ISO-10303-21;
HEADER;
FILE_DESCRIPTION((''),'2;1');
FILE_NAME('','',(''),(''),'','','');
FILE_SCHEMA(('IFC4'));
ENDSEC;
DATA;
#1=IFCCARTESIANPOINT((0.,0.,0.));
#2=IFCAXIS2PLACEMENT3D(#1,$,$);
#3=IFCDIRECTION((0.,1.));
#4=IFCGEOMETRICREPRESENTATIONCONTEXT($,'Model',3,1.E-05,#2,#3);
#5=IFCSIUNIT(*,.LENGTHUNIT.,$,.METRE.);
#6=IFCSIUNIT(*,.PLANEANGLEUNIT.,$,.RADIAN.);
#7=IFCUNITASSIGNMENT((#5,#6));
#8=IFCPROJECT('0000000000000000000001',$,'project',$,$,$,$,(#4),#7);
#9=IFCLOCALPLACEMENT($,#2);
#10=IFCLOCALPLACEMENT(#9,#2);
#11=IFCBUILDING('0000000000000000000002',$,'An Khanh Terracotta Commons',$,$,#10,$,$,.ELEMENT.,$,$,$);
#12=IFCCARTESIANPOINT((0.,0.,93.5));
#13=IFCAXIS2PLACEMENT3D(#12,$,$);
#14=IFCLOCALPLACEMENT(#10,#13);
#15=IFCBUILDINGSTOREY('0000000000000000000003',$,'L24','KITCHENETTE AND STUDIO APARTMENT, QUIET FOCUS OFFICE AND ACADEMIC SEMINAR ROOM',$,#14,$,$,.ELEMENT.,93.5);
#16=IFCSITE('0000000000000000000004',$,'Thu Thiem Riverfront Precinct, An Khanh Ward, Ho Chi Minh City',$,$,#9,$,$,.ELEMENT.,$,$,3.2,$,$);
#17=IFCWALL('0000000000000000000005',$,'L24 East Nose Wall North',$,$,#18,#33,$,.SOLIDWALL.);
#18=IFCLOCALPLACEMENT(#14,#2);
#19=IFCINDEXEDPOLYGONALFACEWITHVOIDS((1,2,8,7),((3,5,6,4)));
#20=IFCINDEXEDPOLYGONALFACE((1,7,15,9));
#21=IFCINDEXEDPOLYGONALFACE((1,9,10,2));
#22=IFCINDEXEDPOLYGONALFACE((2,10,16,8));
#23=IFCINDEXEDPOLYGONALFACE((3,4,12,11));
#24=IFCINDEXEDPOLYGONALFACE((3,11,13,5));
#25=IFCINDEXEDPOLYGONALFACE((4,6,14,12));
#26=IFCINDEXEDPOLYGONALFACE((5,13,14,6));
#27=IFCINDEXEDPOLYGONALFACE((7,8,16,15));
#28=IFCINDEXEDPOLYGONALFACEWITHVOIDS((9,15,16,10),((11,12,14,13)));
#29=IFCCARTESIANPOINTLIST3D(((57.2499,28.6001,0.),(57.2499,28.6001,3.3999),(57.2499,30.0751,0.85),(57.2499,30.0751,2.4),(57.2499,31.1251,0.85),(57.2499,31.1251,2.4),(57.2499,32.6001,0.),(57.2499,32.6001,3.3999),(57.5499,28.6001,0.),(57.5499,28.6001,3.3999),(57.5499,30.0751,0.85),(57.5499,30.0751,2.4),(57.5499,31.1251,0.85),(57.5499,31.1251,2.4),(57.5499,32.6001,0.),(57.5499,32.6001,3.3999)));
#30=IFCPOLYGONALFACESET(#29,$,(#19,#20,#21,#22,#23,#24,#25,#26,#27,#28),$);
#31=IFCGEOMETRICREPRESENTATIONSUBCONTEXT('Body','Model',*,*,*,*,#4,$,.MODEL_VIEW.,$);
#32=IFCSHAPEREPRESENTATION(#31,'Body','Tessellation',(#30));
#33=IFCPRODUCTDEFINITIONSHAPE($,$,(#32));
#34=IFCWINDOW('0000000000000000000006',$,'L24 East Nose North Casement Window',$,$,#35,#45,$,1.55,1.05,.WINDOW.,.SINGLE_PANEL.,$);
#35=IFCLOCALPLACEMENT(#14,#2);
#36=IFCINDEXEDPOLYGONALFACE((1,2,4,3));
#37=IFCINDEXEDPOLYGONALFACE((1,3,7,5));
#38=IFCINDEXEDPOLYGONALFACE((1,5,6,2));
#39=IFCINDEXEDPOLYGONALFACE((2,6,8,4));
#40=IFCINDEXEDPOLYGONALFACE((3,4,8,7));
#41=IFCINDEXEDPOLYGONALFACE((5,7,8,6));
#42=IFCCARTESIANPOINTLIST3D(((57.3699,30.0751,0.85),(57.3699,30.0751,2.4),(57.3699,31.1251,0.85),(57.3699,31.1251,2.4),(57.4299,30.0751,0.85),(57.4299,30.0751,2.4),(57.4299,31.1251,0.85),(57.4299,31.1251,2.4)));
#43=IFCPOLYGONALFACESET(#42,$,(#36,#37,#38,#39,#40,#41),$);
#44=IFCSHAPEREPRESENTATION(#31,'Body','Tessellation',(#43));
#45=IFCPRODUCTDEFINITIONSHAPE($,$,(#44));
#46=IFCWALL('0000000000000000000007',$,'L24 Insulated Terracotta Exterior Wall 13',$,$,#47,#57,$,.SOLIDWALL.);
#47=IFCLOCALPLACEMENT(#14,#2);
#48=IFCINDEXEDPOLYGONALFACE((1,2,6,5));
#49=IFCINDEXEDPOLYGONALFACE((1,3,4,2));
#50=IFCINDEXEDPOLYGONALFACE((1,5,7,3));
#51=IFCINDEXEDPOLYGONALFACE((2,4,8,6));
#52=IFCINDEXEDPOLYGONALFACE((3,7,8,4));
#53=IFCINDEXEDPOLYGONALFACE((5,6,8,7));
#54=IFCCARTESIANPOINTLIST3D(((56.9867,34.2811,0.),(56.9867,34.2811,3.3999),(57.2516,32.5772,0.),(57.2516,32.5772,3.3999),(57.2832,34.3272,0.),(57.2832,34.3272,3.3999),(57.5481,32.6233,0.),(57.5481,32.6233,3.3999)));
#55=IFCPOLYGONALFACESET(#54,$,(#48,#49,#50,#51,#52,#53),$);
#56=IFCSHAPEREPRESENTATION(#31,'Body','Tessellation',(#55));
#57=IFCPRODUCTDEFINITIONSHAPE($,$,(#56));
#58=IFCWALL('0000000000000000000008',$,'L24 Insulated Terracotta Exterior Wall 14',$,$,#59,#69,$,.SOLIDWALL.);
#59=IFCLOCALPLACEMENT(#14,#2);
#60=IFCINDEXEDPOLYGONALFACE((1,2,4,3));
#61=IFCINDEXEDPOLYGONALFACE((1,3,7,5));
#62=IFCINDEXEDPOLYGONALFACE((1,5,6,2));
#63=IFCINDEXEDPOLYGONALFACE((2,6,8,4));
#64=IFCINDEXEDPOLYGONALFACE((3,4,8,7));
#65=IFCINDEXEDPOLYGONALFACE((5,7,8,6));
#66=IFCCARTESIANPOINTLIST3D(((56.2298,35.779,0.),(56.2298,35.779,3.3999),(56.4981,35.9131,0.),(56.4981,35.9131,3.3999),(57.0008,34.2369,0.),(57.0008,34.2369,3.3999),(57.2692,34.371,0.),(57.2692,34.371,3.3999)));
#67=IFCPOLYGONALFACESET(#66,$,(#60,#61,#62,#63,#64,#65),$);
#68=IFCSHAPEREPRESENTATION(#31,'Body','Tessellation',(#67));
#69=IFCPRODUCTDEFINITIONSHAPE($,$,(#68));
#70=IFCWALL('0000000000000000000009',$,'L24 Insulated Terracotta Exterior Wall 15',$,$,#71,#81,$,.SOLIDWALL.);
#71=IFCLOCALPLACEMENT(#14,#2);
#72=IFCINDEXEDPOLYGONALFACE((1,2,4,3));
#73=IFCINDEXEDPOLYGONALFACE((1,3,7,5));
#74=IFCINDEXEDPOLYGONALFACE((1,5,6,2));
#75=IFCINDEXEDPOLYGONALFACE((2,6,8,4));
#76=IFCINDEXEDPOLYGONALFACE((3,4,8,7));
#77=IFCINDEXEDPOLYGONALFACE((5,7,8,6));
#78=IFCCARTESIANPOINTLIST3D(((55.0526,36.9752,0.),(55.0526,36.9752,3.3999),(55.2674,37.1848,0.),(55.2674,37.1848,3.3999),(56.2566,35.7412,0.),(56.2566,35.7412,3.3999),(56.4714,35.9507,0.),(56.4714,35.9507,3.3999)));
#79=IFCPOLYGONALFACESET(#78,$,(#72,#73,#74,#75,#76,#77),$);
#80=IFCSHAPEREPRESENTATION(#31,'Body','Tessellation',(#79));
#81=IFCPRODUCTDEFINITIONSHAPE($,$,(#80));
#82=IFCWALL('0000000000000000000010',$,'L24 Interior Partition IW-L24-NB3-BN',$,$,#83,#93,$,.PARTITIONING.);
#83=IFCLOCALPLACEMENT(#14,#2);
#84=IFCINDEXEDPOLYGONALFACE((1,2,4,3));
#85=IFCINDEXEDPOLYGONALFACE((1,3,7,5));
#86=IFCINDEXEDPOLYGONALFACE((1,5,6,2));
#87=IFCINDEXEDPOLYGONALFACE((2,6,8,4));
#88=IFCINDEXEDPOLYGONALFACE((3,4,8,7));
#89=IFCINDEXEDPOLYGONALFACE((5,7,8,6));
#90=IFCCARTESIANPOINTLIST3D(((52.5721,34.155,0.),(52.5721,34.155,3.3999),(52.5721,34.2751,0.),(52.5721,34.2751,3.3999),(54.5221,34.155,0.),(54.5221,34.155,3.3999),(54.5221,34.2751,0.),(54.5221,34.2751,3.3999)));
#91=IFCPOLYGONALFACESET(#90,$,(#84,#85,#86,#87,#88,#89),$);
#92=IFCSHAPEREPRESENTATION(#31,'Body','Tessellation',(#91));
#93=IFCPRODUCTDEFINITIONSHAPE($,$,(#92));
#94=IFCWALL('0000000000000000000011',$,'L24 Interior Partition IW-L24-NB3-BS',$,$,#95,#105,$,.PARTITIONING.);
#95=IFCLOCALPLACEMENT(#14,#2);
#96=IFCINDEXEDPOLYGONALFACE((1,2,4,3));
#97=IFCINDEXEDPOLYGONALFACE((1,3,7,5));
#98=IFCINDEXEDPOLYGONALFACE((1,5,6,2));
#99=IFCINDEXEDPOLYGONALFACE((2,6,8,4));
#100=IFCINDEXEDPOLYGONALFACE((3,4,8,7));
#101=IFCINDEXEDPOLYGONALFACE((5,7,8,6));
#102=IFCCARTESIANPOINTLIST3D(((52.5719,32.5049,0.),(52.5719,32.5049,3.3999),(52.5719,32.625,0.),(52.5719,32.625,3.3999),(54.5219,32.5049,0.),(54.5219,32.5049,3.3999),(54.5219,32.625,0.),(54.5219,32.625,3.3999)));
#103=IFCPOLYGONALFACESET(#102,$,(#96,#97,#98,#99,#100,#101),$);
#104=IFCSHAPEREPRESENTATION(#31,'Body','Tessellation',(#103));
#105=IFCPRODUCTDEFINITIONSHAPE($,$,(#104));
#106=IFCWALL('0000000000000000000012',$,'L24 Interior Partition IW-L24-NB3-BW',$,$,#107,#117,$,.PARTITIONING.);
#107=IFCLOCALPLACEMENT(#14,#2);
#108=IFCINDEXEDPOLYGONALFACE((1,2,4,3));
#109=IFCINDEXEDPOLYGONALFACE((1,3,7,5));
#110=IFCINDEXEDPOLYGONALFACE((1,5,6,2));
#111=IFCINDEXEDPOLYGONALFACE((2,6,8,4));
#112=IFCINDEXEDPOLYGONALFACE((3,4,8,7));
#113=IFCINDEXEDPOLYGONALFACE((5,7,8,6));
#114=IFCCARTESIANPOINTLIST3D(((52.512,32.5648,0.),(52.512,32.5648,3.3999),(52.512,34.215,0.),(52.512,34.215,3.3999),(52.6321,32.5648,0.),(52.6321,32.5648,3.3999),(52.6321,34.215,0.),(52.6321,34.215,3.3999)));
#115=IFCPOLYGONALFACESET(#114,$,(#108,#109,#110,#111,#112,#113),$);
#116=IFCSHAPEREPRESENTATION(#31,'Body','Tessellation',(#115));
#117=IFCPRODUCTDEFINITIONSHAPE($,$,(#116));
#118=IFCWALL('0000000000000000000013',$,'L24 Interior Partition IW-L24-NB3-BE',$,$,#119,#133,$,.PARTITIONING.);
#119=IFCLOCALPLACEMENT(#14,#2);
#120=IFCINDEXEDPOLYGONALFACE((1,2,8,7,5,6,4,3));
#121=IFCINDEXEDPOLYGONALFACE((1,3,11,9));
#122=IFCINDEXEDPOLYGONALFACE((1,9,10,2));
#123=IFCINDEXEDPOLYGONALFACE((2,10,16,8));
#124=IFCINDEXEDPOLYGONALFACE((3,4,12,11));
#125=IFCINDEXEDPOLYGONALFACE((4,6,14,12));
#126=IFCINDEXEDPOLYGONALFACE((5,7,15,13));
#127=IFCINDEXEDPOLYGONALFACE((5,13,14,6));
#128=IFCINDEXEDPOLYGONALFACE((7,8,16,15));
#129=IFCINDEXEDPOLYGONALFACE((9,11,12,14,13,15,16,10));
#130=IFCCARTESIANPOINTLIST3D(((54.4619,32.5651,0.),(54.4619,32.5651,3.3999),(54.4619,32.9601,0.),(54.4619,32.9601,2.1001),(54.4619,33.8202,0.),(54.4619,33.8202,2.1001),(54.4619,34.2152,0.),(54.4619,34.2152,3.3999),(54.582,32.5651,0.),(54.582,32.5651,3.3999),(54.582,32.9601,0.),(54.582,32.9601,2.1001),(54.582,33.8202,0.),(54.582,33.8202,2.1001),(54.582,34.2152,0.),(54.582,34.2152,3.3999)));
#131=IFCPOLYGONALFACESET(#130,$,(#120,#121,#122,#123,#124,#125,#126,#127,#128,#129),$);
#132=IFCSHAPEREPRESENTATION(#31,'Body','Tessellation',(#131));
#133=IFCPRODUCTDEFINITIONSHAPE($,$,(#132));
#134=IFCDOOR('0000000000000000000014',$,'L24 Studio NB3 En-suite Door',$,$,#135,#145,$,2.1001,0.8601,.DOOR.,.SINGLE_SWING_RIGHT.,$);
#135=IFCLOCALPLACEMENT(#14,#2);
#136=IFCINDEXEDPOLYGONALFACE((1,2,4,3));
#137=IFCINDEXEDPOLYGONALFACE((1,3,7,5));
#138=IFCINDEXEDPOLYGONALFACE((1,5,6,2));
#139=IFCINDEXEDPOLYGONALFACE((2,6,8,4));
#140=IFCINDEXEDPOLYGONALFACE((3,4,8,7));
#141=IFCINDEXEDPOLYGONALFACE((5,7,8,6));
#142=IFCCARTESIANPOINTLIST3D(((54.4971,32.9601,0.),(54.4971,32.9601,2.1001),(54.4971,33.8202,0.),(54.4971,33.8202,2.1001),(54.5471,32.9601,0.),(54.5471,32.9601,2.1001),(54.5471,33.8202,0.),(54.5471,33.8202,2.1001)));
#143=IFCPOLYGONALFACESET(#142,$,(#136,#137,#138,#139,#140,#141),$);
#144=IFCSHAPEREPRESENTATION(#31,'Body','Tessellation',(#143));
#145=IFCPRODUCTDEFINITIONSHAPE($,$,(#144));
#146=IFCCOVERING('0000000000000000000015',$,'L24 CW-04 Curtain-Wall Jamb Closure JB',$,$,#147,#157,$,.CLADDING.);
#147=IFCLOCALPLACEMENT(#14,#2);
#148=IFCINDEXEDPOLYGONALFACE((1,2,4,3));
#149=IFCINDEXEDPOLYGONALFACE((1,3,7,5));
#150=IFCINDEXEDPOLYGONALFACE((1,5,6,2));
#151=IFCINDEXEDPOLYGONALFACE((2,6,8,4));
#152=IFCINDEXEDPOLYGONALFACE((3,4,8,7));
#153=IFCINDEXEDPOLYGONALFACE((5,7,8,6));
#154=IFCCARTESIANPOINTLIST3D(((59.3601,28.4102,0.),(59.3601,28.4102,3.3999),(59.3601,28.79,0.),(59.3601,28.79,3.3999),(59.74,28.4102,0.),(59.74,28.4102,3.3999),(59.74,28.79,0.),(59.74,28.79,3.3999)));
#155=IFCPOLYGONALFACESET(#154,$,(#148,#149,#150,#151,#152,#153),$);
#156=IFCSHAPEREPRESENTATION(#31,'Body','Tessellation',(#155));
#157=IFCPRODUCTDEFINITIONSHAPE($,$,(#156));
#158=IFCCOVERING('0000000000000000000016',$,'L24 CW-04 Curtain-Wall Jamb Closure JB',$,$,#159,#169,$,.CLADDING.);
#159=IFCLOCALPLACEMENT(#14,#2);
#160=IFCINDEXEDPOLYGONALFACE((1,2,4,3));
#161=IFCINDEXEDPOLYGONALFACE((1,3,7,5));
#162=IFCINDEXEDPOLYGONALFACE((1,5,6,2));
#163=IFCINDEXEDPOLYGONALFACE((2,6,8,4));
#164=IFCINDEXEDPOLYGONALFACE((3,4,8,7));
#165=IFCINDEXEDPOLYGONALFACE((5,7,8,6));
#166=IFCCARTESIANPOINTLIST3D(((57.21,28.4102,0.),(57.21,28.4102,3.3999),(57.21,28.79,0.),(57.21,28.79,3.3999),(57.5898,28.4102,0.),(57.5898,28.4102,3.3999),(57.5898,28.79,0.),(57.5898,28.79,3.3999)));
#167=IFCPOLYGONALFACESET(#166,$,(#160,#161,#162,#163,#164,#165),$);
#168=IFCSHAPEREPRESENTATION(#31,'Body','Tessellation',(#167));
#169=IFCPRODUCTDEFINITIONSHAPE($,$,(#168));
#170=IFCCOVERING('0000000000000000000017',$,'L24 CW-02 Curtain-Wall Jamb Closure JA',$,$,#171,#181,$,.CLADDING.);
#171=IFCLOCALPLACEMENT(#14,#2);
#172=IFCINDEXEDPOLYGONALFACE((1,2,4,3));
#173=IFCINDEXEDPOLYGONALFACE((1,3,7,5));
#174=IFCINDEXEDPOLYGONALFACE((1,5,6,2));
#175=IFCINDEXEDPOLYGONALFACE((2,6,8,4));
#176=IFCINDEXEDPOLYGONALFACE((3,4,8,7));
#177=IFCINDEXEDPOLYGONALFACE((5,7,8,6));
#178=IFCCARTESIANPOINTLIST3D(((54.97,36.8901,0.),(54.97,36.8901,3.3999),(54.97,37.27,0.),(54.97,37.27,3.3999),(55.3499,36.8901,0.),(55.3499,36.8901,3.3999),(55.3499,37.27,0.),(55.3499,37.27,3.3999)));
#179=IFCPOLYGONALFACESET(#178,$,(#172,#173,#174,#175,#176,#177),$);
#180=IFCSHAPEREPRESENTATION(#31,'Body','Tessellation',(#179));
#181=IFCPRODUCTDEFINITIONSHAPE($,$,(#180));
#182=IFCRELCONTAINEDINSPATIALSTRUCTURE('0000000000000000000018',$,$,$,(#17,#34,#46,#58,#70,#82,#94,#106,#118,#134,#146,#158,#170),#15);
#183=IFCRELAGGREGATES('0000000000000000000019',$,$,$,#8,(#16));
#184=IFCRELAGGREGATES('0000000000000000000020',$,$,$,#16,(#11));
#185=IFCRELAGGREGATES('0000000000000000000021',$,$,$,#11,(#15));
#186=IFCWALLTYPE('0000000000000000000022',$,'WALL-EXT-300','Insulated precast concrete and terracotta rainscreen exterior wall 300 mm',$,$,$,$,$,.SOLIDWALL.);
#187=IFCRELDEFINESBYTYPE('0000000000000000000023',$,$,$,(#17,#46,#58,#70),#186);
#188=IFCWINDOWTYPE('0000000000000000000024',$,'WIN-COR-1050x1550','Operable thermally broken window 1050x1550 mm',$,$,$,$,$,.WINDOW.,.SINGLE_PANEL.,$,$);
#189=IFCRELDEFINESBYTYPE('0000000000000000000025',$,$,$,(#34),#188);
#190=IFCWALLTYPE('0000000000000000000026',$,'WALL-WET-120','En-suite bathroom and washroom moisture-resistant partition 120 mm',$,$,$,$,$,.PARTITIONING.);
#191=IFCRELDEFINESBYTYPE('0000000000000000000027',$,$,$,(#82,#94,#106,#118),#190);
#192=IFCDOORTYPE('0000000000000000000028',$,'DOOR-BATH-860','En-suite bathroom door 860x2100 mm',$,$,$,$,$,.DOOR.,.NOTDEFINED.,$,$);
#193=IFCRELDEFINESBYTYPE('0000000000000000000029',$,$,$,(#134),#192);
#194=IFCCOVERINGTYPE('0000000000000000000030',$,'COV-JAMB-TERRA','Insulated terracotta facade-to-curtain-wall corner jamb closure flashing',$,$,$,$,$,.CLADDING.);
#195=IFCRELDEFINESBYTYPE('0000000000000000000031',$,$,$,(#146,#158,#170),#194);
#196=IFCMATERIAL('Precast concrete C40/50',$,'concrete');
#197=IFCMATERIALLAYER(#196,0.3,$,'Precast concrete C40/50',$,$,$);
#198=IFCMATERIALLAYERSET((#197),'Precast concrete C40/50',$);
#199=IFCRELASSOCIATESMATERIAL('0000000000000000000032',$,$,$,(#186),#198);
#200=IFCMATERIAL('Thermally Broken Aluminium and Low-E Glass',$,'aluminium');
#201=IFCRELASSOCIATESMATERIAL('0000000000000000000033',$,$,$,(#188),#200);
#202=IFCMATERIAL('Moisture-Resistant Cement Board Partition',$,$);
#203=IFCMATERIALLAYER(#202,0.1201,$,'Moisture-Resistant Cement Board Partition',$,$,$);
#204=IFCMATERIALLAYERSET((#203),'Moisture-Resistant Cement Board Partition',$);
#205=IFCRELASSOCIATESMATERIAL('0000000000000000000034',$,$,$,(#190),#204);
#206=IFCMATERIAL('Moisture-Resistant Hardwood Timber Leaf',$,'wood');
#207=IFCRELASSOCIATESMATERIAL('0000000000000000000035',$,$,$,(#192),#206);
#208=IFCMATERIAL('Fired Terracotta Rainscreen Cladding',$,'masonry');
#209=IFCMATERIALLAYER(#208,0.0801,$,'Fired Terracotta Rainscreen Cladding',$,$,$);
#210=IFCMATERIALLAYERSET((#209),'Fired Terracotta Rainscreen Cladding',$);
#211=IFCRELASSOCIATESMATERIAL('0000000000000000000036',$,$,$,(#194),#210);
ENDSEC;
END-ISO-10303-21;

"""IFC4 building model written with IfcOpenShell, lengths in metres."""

from ifc_helpers import new_model, si_unit, direction, frame, frame_2d, origin, origin_2d, place, context, subcontext, project, spatial, rectangle, extrude, material, layer, layer_set, type_object, element, fill, save


model = new_model("IFC4")

# Units and contexts
model_context = context("Model", 3, precision=1e-05, world=origin(), true_north=direction((0.0, 1.0)))
body_context = subcontext(model_context, "Body", "Model", "MODEL_VIEW")
ifc_project = project(units=[si_unit("LENGTHUNIT", "METRE"), si_unit("PLANEANGLEUNIT", "RADIAN")], contexts=[model_context])

# Site, building, storey
site_placement = place(None, origin())
site = spatial("IfcSite", under=ifc_project, at=site_placement, Name="Thu Thiem Riverfront Precinct, An Khanh Ward, Ho Chi Minh City", CompositionType="ELEMENT", RefElevation=3.2)
building_placement = place(site_placement, origin())
building = spatial("IfcBuilding", under=site, at=building_placement, Name="An Khanh Terracotta Commons", CompositionType="ELEMENT")
storey_placement = place(building_placement, frame((0.0, 0.0, 93.5)))
storey = spatial("IfcBuildingStorey", under=building, at=storey_placement, Name="L24", Description="KITCHENETTE AND STUDIO APARTMENT, QUIET FOCUS OFFICE AND ACADEMIC SEMINAR ROOM", CompositionType="ELEMENT", Elevation=93.5)

# Wall, opening, window
ifc_material_1 = material(Name="Precast concrete C40/50", Category="concrete")
ifc_layer_1 = layer(ifc_material_1, 0.3, Name="Precast concrete C40/50")
ifc_layer_set_1 = layer_set([ifc_layer_1], Name="Precast concrete C40/50")
wall_type_1 = type_object("IfcWallType", Name="WALL-EXT-300", Description="Insulated precast concrete and terracotta rainscreen exterior wall 300 mm", PredefinedType="SOLIDWALL", material=ifc_layer_set_1)
wall_1_placement = place(storey_placement, frame((57.3999, 28.6001, 0.0), z_axis=(0.0, 0.0, 1.0), x_axis=(0.0, 1.0, 0.0)))
wall_1 = element("IfcWall", 1, at=wall_1_placement, inside=storey, type_object=wall_type_1, Name="L24 East Nose Wall North", PredefinedType="SOLIDWALL", context=body_context, shape_type="SweptSolid", body=[
    extrude(rectangle(XDim=4.0, YDim=0.3, at=frame_2d((2.0, 0.0))), origin(), (0.0, 0.0, 1.0), 3.3999),
])
opening_1_placement = place(wall_1_placement, frame((1.4751, 0.0, 0.8501)))
opening_1 = element("IfcOpeningElement", 2, at=opening_1_placement, cuts=wall_1, PredefinedType="OPENING", context=body_context, shape_type="SweptSolid", body=[
    extrude(rectangle(XDim=1.05, YDim=1.55, at=frame_2d((0.5249, 0.7749))), frame((0.0, 0.1599, 0.0), z_axis=(0.0, -1.0, 0.0), x_axis=(1.0, 0.0, 0.0)), (0.0, 0.0, 1.0), 0.3201),
])
ifc_material_2 = material(Name="Thermally Broken Aluminium and Low-E Glass", Category="aluminium")
window_type = type_object("IfcWindowType", Name="WIN-COR-1050x1550", Description="Operable thermally broken window 1050x1550 mm", PartitioningType="SINGLE_PANEL", PredefinedType="WINDOW", material=ifc_material_2)
window_placement = place(opening_1_placement, origin())
window = element("IfcWindow", 3, at=window_placement, inside=storey, type_object=window_type, Name="L24 East Nose North Casement Window", OverallHeight=1.55, OverallWidth=1.05, PartitioningType="SINGLE_PANEL", PredefinedType="WINDOW", context=body_context, shape_type="SweptSolid", body=[
    extrude(rectangle(XDim=1.05, YDim=1.55, at=frame_2d((0.5249, 0.7749))), frame((0.0, 0.03, 0.0), z_axis=(0.0, -1.0, 0.0), x_axis=(1.0, 0.0, 0.0)), (0.0, 0.0, 1.0), 0.0601),
])
fill(opening_1, window)

# Walls
wall_2_placement = place(storey_placement, frame((57.3999, 32.6001, 0.0), z_axis=(0.0, 0.0, 1.0), x_axis=(-0.153621, 0.98813, 0.0)))
element("IfcWall", 4, at=wall_2_placement, inside=storey, type_object=wall_type_1, Name="L24 Insulated Terracotta Exterior Wall 13", PredefinedType="SOLIDWALL", context=body_context, shape_type="SweptSolid", body=[
    extrude(rectangle(XDim=1.7244, YDim=0.3, at=frame_2d((0.8623, 0.0))), origin(), (0.0, 0.0, 1.0), 3.3999),
])
for number, where, z_axis, x_axis, name in (
    (5, (57.135, 34.304, 0.0), (0.0, 0.0, 1.0), (-0.447214, 0.894427, 0.0), "L24 Insulated Terracotta Exterior Wall 14"),
    (6, (56.364, 35.8459, 0.0), (0.0, 0.0, 1.0), (-0.698345, 0.715761, 0.0), "L24 Insulated Terracotta Exterior Wall 15"),
):
    element("IfcWall", number, at=place(storey_placement, frame(where, z_axis=z_axis, x_axis=x_axis)), inside=storey, type_object=wall_type_1, Name=name, PredefinedType="SOLIDWALL", context=body_context, shape_type="SweptSolid", body=[
        extrude(rectangle(XDim=1.7241, YDim=0.3, at=frame_2d((0.8621, 0.0))), origin(), (0.0, 0.0, 1.0), 3.3999),
    ])
ifc_material_3 = material(Name="Moisture-Resistant Cement Board Partition")
ifc_layer_2 = layer(ifc_material_3, 0.1201, Name="Moisture-Resistant Cement Board Partition")
ifc_layer_set_2 = layer_set([ifc_layer_2], Name="Moisture-Resistant Cement Board Partition")
wall_type_2 = type_object("IfcWallType", Name="WALL-WET-120", Description="En-suite bathroom and washroom moisture-resistant partition 120 mm", PredefinedType="PARTITIONING", material=ifc_layer_set_2)
for number, where, z_axis, x_axis, name in (
    (7, (52.572, 34.2151, 0.0), (0.0, 0.0, 1.0), (1.0, 0.0, 0.0), "L24 Interior Partition IW-L24-NB3-BN"),
    (8, (54.522, 32.5649, 0.0), (0.0, 0.0, 1.0), (-1.0, 0.0, 0.0), "L24 Interior Partition IW-L24-NB3-BS"),
):
    element("IfcWall", number, at=place(storey_placement, frame(where, z_axis=z_axis, x_axis=x_axis)), inside=storey, type_object=wall_type_2, Name=name, PredefinedType="PARTITIONING", context=body_context, shape_type="SweptSolid", body=[
        extrude(rectangle(XDim=1.95, YDim=0.1201, at=frame_2d((0.9751, 0.0))), origin(), (0.0, 0.0, 1.0), 3.3999),
    ])
wall_3_placement = place(storey_placement, frame((52.572, 34.2151, 0.0), z_axis=(0.0, 0.0, 1.0), x_axis=(0.0, -1.0, 0.0)))
element("IfcWall", 9, at=wall_3_placement, inside=storey, type_object=wall_type_2, Name="L24 Interior Partition IW-L24-NB3-BW", PredefinedType="PARTITIONING", context=body_context, shape_type="SweptSolid", body=[
    extrude(rectangle(XDim=1.6501, YDim=0.1201, at=frame_2d((0.8252, 0.0))), origin(), (0.0, 0.0, 1.0), 3.3999),
])

# Wall, opening, door
wall_4_placement = place(storey_placement, frame((54.522, 32.5649, 0.0), z_axis=(0.0, 0.0, 1.0), x_axis=(0.0, 1.0, 0.0)))
wall_4 = element("IfcWall", 10, at=wall_4_placement, inside=storey, type_object=wall_type_2, Name="L24 Interior Partition IW-L24-NB3-BE", PredefinedType="PARTITIONING", context=body_context, shape_type="SweptSolid", body=[
    extrude(rectangle(XDim=1.6501, YDim=0.1201, at=frame_2d((0.8252, 0.0))), origin(), (0.0, 0.0, 1.0), 3.3999),
])
opening_2_placement = place(wall_4_placement, frame((0.395, 0.0, 0.0)))
opening_2 = element("IfcOpeningElement", 11, at=opening_2_placement, cuts=wall_4, PredefinedType="OPENING", context=body_context, shape_type="SweptSolid", body=[
    extrude(rectangle(XDim=0.8601, YDim=2.1001, at=frame_2d((0.4302, 1.05))), frame((0.0, 0.0701, 0.0), z_axis=(0.0, -1.0, 0.0), x_axis=(1.0, 0.0, 0.0)), (0.0, 0.0, 1.0), 0.1401),
])
ifc_material_4 = material(Name="Moisture-Resistant Hardwood Timber Leaf", Category="wood")
door_type = type_object("IfcDoorType", Name="DOOR-BATH-860", Description="En-suite bathroom door 860x2100 mm", OperationType="NOTDEFINED", PredefinedType="DOOR", material=ifc_material_4)
door_placement = place(opening_2_placement, origin())
door = element("IfcDoor", 12, at=door_placement, inside=storey, type_object=door_type, Name="L24 Studio NB3 En-suite Door", OperationType="SINGLE_SWING_RIGHT", OverallHeight=2.1001, OverallWidth=0.8601, PredefinedType="DOOR", context=body_context, shape_type="SweptSolid", body=[
    extrude(rectangle(XDim=0.8601, YDim=2.1001, at=frame_2d((0.4302, 1.05))), frame((0.0, 0.0249, 0.0), z_axis=(0.0, -1.0, 0.0), x_axis=(1.0, 0.0, 0.0)), (0.0, 0.0, 1.0), 0.05),
])
fill(opening_2, door)

# Coverings
ifc_material_5 = material(Name="Fired Terracotta Rainscreen Cladding", Category="masonry")
ifc_layer_3 = layer(ifc_material_5, 0.0801, Name="Fired Terracotta Rainscreen Cladding")
ifc_layer_set_3 = layer_set([ifc_layer_3], Name="Fired Terracotta Rainscreen Cladding")
covering_type = type_object("IfcCoveringType", Name="COV-JAMB-TERRA", Description="Insulated terracotta facade-to-curtain-wall corner jamb closure flashing", PredefinedType="CLADDING", material=ifc_layer_set_3)
for number, where, z_axis, x_axis, name in (
    (13, (59.55, 28.6001, 0.0), (0.0, 0.0, 1.0), (1.0, 0.0, 0.0), "L24 CW-04 Curtain-Wall Jamb Closure JB"),
    (14, (57.3999, 28.6001, 0.0), (0.0, 0.0, 1.0), (1.0, 0.0, 0.0), "L24 CW-04 Curtain-Wall Jamb Closure JB"),
    (15, (55.1599, 37.0801, 0.0), (0.0, 0.0, 1.0), (1.0, 0.0, 0.0), "L24 CW-02 Curtain-Wall Jamb Closure JA"),
):
    element("IfcCovering", number, at=place(storey_placement, frame(where, z_axis=z_axis, x_axis=x_axis)), inside=storey, type_object=covering_type, Name=name, PredefinedType="CLADDING", context=body_context, shape_type="SweptSolid", body=[
        extrude(rectangle(XDim=0.3799, YDim=0.3799, at=origin_2d()), origin(), (0.0, 0.0, 1.0), 3.3999),
    ])

save(model, "model.ifc")
